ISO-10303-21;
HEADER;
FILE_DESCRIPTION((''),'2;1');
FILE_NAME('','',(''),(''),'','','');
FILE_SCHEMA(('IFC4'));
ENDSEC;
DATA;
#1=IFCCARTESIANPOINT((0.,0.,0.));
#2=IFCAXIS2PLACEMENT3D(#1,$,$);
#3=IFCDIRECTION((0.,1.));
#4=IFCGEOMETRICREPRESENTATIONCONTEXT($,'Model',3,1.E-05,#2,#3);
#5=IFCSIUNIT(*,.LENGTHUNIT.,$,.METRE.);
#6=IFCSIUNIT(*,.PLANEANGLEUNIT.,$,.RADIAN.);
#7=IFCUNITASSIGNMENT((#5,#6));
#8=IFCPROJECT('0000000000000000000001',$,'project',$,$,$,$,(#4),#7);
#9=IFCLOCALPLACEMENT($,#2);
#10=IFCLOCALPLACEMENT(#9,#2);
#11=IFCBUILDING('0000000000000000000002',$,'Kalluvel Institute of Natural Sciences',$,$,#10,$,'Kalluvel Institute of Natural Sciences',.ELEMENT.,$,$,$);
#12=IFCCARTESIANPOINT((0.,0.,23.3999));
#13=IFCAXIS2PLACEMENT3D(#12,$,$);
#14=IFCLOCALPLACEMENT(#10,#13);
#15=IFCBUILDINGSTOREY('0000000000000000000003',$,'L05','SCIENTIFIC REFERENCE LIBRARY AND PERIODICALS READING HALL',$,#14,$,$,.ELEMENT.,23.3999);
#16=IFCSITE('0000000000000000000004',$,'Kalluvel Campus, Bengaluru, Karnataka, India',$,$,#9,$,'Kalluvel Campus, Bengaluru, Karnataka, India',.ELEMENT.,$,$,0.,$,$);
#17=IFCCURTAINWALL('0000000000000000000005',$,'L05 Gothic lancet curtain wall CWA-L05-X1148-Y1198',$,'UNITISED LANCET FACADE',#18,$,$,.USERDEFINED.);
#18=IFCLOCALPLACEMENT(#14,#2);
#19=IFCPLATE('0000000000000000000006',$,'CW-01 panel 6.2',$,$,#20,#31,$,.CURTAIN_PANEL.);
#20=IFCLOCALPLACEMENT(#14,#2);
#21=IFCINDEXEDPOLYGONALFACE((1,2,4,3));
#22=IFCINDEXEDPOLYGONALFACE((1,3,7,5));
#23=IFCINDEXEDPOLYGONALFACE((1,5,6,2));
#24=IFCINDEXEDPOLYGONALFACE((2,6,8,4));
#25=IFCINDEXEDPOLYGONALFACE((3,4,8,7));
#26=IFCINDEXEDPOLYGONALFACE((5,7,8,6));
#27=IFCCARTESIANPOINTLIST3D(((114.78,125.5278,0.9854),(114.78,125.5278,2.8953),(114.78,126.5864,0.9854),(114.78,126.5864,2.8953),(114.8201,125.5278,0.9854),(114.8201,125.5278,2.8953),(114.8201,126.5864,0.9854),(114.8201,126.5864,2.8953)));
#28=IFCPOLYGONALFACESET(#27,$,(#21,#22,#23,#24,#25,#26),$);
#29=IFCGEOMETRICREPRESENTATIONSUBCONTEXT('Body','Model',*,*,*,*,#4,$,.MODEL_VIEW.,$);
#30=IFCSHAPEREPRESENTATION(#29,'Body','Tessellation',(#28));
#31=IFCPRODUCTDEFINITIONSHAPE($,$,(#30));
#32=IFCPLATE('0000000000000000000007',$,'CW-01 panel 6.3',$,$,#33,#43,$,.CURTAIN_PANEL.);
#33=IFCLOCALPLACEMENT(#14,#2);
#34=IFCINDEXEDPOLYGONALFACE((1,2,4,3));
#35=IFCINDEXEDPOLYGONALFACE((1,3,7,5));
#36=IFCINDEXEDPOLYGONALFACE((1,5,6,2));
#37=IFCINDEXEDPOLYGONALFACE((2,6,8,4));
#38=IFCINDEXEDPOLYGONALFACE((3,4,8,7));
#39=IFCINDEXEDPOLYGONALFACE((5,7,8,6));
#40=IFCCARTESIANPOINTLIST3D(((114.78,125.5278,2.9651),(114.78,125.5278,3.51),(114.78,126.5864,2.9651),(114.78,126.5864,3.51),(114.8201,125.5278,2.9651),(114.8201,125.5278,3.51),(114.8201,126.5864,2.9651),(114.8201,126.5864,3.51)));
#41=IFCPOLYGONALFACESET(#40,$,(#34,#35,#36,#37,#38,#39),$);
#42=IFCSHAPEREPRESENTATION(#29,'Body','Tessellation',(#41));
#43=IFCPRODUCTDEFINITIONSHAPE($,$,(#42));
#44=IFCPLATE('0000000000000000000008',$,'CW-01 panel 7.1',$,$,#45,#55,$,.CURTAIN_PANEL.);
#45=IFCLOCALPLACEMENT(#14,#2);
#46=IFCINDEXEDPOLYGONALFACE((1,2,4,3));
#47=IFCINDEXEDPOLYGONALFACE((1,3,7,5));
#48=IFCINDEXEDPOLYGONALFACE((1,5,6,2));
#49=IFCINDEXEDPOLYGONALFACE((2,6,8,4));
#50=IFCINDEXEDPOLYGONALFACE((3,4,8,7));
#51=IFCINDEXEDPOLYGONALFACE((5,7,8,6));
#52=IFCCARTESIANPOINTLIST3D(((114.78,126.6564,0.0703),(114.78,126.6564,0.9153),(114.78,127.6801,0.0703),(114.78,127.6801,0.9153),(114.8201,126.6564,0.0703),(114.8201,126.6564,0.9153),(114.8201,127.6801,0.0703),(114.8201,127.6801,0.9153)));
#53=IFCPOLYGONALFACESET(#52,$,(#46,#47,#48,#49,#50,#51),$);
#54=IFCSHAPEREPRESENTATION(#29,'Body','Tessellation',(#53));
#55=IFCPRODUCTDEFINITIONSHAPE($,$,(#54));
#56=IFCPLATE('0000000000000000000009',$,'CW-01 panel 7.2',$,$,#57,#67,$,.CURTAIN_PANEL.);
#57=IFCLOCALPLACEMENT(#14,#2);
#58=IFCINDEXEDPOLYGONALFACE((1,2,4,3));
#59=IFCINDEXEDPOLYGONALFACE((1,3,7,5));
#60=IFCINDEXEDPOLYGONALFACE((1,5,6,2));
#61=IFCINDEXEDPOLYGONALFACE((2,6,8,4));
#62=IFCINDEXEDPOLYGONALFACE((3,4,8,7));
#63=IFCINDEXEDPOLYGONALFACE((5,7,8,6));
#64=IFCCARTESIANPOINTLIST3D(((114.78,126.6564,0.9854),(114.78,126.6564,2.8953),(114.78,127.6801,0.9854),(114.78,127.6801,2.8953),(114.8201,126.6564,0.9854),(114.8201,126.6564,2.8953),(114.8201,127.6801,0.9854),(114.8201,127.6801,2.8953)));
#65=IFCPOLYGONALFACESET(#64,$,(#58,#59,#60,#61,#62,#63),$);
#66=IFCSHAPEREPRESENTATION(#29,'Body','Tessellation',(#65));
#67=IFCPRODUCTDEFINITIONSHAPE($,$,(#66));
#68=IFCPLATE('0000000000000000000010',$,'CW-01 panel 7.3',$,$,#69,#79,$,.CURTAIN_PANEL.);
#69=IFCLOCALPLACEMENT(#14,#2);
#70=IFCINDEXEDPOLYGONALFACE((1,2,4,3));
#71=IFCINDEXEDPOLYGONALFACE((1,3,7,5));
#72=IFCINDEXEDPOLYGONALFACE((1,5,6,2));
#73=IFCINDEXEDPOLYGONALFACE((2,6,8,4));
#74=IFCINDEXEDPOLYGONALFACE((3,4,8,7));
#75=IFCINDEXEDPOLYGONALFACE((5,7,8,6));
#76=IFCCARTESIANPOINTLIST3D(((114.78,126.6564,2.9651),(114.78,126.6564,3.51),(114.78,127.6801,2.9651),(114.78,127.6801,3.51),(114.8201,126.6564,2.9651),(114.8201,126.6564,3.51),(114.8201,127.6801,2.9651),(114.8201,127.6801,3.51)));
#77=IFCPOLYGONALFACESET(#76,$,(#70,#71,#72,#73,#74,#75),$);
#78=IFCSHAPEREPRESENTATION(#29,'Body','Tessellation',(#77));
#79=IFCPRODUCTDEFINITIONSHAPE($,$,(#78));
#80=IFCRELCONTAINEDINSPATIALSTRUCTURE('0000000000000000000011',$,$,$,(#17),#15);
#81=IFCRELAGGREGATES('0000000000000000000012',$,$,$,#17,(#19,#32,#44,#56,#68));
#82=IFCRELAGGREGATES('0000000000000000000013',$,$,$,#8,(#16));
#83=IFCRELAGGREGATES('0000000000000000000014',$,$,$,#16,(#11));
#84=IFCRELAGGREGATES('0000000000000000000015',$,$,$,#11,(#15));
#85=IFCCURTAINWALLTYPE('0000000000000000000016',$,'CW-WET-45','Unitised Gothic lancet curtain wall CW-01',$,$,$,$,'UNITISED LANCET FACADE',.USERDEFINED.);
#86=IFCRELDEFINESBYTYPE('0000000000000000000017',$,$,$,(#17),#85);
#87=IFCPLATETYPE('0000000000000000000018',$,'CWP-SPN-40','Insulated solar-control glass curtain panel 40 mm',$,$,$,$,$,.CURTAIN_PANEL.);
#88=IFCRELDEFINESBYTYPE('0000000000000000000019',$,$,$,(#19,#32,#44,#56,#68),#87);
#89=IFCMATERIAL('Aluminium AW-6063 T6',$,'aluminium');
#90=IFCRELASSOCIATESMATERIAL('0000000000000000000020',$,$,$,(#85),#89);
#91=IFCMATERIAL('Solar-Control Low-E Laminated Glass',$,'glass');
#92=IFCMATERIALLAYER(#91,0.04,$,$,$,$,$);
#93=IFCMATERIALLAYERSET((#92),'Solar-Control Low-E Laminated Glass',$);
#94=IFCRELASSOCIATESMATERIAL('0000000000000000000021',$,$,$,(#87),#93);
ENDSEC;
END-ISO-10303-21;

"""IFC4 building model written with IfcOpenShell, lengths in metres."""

from ifc_helpers import new_model, si_unit, direction, frame, origin, origin_2d, place, context, subcontext, project, spatial, rectangle, extrude, material, layer, layer_set, type_object, element, aggregate, save


model = new_model("IFC4")

# Units and contexts
model_context = context("Model", 3, precision=1e-05, world=origin(), true_north=direction((0.0, 1.0)))
body_context = subcontext(model_context, "Body", "Model", "MODEL_VIEW")
ifc_project = project(units=[si_unit("LENGTHUNIT", "METRE"), si_unit("PLANEANGLEUNIT", "RADIAN")], contexts=[model_context])

# Site, building, storey
site_placement = place(None, origin())
site = spatial("IfcSite", under=ifc_project, at=site_placement, Name="Kalluvel Campus, Bengaluru, Karnataka, India", LongName="Kalluvel Campus, Bengaluru, Karnataka, India", CompositionType="ELEMENT", RefElevation=0.0)
building_placement = place(site_placement, origin())
building = spatial("IfcBuilding", under=site, at=building_placement, Name="Kalluvel Institute of Natural Sciences", LongName="Kalluvel Institute of Natural Sciences", CompositionType="ELEMENT")
storey_placement = place(building_placement, frame((0.0, 0.0, 23.3999)))
storey = spatial("IfcBuildingStorey", under=building, at=storey_placement, Name="L05", Description="SCIENTIFIC REFERENCE LIBRARY AND PERIODICALS READING HALL", CompositionType="ELEMENT", Elevation=23.3999)

# Curtain wall
ifc_material_1 = material(Name="Aluminium AW-6063 T6", Category="aluminium")
curtain_wall_type = type_object("IfcCurtainWallType", Name="CW-WET-45", Description="Unitised Gothic lancet curtain wall CW-01", ElementType="UNITISED LANCET FACADE", PredefinedType="USERDEFINED", material=ifc_material_1)
curtain_wall_1_placement = place(storey_placement, origin())
curtain_wall_1 = element("IfcCurtainWall", 1, at=curtain_wall_1_placement, inside=storey, type_object=curtain_wall_type, Name="L05 Gothic lancet curtain wall CWA-L05-X1148-Y1198", ObjectType="UNITISED LANCET FACADE", PredefinedType="USERDEFINED")

# Plates
ifc_material_2 = material(Name="Solar-Control Low-E Laminated Glass", Category="glass")
ifc_layer = layer(ifc_material_2, 0.04)
ifc_layer_set = layer_set([ifc_layer], Name="Solar-Control Low-E Laminated Glass")
plate_type = type_object("IfcPlateType", Name="CWP-SPN-40", Description="Insulated solar-control glass curtain panel 40 mm", PredefinedType="CURTAIN_PANEL", material=ifc_layer_set)
plate_1_placement = place(storey_placement, frame((114.8, 126.0571, 0.9854), z_axis=(0.0, 0.0, 1.0), x_axis=(0.0, 1.0, 0.0)))
plate_1 = element("IfcPlate", 2, at=plate_1_placement, type_object=plate_type, Name="CW-01 panel 6.2", PredefinedType="CURTAIN_PANEL", context=body_context, shape_type="SweptSolid", body=[
    extrude(rectangle(XDim=1.0586, YDim=0.04, at=origin_2d()), origin(), (0.0, 0.0, 1.0), 1.9099),
])
plate_2_placement = place(storey_placement, frame((114.8, 126.0571, 2.9651), z_axis=(0.0, 0.0, 1.0), x_axis=(0.0, 1.0, 0.0)))
plate_2 = element("IfcPlate", 3, at=plate_2_placement, type_object=plate_type, Name="CW-01 panel 6.3", PredefinedType="CURTAIN_PANEL", context=body_context, shape_type="SweptSolid", body=[
    extrude(rectangle(XDim=1.0586, YDim=0.04, at=origin_2d()), origin(), (0.0, 0.0, 1.0), 0.5449),
])
plate_3_placement = place(storey_placement, frame((114.8, 127.1682, 0.0703), z_axis=(0.0, 0.0, 1.0), x_axis=(0.0, 1.0, 0.0)))
plate_3 = element("IfcPlate", 4, at=plate_3_placement, type_object=plate_type, Name="CW-01 panel 7.1", PredefinedType="CURTAIN_PANEL", context=body_context, shape_type="SweptSolid", body=[
    extrude(rectangle(XDim=1.0237, YDim=0.04, at=origin_2d()), origin(), (0.0, 0.0, 1.0), 0.845),
])
plate_4_placement = place(storey_placement, frame((114.8, 127.1682, 0.9854), z_axis=(0.0, 0.0, 1.0), x_axis=(0.0, 1.0, 0.0)))
plate_4 = element("IfcPlate", 5, at=plate_4_placement, type_object=plate_type, Name="CW-01 panel 7.2", PredefinedType="CURTAIN_PANEL", context=body_context, shape_type="SweptSolid", body=[
    extrude(rectangle(XDim=1.0237, YDim=0.04, at=origin_2d()), origin(), (0.0, 0.0, 1.0), 1.9099),
])
plate_5_placement = place(storey_placement, frame((114.8, 127.1682, 2.9651), z_axis=(0.0, 0.0, 1.0), x_axis=(0.0, 1.0, 0.0)))
plate_5 = element("IfcPlate", 6, at=plate_5_placement, type_object=plate_type, Name="CW-01 panel 7.3", PredefinedType="CURTAIN_PANEL", context=body_context, shape_type="SweptSolid", body=[
    extrude(rectangle(XDim=1.0237, YDim=0.04, at=origin_2d()), origin(), (0.0, 0.0, 1.0), 0.5449),
])
aggregate(curtain_wall_1, [plate_1, plate_2, plate_3, plate_4, plate_5])

save(model, "model.ifc")
